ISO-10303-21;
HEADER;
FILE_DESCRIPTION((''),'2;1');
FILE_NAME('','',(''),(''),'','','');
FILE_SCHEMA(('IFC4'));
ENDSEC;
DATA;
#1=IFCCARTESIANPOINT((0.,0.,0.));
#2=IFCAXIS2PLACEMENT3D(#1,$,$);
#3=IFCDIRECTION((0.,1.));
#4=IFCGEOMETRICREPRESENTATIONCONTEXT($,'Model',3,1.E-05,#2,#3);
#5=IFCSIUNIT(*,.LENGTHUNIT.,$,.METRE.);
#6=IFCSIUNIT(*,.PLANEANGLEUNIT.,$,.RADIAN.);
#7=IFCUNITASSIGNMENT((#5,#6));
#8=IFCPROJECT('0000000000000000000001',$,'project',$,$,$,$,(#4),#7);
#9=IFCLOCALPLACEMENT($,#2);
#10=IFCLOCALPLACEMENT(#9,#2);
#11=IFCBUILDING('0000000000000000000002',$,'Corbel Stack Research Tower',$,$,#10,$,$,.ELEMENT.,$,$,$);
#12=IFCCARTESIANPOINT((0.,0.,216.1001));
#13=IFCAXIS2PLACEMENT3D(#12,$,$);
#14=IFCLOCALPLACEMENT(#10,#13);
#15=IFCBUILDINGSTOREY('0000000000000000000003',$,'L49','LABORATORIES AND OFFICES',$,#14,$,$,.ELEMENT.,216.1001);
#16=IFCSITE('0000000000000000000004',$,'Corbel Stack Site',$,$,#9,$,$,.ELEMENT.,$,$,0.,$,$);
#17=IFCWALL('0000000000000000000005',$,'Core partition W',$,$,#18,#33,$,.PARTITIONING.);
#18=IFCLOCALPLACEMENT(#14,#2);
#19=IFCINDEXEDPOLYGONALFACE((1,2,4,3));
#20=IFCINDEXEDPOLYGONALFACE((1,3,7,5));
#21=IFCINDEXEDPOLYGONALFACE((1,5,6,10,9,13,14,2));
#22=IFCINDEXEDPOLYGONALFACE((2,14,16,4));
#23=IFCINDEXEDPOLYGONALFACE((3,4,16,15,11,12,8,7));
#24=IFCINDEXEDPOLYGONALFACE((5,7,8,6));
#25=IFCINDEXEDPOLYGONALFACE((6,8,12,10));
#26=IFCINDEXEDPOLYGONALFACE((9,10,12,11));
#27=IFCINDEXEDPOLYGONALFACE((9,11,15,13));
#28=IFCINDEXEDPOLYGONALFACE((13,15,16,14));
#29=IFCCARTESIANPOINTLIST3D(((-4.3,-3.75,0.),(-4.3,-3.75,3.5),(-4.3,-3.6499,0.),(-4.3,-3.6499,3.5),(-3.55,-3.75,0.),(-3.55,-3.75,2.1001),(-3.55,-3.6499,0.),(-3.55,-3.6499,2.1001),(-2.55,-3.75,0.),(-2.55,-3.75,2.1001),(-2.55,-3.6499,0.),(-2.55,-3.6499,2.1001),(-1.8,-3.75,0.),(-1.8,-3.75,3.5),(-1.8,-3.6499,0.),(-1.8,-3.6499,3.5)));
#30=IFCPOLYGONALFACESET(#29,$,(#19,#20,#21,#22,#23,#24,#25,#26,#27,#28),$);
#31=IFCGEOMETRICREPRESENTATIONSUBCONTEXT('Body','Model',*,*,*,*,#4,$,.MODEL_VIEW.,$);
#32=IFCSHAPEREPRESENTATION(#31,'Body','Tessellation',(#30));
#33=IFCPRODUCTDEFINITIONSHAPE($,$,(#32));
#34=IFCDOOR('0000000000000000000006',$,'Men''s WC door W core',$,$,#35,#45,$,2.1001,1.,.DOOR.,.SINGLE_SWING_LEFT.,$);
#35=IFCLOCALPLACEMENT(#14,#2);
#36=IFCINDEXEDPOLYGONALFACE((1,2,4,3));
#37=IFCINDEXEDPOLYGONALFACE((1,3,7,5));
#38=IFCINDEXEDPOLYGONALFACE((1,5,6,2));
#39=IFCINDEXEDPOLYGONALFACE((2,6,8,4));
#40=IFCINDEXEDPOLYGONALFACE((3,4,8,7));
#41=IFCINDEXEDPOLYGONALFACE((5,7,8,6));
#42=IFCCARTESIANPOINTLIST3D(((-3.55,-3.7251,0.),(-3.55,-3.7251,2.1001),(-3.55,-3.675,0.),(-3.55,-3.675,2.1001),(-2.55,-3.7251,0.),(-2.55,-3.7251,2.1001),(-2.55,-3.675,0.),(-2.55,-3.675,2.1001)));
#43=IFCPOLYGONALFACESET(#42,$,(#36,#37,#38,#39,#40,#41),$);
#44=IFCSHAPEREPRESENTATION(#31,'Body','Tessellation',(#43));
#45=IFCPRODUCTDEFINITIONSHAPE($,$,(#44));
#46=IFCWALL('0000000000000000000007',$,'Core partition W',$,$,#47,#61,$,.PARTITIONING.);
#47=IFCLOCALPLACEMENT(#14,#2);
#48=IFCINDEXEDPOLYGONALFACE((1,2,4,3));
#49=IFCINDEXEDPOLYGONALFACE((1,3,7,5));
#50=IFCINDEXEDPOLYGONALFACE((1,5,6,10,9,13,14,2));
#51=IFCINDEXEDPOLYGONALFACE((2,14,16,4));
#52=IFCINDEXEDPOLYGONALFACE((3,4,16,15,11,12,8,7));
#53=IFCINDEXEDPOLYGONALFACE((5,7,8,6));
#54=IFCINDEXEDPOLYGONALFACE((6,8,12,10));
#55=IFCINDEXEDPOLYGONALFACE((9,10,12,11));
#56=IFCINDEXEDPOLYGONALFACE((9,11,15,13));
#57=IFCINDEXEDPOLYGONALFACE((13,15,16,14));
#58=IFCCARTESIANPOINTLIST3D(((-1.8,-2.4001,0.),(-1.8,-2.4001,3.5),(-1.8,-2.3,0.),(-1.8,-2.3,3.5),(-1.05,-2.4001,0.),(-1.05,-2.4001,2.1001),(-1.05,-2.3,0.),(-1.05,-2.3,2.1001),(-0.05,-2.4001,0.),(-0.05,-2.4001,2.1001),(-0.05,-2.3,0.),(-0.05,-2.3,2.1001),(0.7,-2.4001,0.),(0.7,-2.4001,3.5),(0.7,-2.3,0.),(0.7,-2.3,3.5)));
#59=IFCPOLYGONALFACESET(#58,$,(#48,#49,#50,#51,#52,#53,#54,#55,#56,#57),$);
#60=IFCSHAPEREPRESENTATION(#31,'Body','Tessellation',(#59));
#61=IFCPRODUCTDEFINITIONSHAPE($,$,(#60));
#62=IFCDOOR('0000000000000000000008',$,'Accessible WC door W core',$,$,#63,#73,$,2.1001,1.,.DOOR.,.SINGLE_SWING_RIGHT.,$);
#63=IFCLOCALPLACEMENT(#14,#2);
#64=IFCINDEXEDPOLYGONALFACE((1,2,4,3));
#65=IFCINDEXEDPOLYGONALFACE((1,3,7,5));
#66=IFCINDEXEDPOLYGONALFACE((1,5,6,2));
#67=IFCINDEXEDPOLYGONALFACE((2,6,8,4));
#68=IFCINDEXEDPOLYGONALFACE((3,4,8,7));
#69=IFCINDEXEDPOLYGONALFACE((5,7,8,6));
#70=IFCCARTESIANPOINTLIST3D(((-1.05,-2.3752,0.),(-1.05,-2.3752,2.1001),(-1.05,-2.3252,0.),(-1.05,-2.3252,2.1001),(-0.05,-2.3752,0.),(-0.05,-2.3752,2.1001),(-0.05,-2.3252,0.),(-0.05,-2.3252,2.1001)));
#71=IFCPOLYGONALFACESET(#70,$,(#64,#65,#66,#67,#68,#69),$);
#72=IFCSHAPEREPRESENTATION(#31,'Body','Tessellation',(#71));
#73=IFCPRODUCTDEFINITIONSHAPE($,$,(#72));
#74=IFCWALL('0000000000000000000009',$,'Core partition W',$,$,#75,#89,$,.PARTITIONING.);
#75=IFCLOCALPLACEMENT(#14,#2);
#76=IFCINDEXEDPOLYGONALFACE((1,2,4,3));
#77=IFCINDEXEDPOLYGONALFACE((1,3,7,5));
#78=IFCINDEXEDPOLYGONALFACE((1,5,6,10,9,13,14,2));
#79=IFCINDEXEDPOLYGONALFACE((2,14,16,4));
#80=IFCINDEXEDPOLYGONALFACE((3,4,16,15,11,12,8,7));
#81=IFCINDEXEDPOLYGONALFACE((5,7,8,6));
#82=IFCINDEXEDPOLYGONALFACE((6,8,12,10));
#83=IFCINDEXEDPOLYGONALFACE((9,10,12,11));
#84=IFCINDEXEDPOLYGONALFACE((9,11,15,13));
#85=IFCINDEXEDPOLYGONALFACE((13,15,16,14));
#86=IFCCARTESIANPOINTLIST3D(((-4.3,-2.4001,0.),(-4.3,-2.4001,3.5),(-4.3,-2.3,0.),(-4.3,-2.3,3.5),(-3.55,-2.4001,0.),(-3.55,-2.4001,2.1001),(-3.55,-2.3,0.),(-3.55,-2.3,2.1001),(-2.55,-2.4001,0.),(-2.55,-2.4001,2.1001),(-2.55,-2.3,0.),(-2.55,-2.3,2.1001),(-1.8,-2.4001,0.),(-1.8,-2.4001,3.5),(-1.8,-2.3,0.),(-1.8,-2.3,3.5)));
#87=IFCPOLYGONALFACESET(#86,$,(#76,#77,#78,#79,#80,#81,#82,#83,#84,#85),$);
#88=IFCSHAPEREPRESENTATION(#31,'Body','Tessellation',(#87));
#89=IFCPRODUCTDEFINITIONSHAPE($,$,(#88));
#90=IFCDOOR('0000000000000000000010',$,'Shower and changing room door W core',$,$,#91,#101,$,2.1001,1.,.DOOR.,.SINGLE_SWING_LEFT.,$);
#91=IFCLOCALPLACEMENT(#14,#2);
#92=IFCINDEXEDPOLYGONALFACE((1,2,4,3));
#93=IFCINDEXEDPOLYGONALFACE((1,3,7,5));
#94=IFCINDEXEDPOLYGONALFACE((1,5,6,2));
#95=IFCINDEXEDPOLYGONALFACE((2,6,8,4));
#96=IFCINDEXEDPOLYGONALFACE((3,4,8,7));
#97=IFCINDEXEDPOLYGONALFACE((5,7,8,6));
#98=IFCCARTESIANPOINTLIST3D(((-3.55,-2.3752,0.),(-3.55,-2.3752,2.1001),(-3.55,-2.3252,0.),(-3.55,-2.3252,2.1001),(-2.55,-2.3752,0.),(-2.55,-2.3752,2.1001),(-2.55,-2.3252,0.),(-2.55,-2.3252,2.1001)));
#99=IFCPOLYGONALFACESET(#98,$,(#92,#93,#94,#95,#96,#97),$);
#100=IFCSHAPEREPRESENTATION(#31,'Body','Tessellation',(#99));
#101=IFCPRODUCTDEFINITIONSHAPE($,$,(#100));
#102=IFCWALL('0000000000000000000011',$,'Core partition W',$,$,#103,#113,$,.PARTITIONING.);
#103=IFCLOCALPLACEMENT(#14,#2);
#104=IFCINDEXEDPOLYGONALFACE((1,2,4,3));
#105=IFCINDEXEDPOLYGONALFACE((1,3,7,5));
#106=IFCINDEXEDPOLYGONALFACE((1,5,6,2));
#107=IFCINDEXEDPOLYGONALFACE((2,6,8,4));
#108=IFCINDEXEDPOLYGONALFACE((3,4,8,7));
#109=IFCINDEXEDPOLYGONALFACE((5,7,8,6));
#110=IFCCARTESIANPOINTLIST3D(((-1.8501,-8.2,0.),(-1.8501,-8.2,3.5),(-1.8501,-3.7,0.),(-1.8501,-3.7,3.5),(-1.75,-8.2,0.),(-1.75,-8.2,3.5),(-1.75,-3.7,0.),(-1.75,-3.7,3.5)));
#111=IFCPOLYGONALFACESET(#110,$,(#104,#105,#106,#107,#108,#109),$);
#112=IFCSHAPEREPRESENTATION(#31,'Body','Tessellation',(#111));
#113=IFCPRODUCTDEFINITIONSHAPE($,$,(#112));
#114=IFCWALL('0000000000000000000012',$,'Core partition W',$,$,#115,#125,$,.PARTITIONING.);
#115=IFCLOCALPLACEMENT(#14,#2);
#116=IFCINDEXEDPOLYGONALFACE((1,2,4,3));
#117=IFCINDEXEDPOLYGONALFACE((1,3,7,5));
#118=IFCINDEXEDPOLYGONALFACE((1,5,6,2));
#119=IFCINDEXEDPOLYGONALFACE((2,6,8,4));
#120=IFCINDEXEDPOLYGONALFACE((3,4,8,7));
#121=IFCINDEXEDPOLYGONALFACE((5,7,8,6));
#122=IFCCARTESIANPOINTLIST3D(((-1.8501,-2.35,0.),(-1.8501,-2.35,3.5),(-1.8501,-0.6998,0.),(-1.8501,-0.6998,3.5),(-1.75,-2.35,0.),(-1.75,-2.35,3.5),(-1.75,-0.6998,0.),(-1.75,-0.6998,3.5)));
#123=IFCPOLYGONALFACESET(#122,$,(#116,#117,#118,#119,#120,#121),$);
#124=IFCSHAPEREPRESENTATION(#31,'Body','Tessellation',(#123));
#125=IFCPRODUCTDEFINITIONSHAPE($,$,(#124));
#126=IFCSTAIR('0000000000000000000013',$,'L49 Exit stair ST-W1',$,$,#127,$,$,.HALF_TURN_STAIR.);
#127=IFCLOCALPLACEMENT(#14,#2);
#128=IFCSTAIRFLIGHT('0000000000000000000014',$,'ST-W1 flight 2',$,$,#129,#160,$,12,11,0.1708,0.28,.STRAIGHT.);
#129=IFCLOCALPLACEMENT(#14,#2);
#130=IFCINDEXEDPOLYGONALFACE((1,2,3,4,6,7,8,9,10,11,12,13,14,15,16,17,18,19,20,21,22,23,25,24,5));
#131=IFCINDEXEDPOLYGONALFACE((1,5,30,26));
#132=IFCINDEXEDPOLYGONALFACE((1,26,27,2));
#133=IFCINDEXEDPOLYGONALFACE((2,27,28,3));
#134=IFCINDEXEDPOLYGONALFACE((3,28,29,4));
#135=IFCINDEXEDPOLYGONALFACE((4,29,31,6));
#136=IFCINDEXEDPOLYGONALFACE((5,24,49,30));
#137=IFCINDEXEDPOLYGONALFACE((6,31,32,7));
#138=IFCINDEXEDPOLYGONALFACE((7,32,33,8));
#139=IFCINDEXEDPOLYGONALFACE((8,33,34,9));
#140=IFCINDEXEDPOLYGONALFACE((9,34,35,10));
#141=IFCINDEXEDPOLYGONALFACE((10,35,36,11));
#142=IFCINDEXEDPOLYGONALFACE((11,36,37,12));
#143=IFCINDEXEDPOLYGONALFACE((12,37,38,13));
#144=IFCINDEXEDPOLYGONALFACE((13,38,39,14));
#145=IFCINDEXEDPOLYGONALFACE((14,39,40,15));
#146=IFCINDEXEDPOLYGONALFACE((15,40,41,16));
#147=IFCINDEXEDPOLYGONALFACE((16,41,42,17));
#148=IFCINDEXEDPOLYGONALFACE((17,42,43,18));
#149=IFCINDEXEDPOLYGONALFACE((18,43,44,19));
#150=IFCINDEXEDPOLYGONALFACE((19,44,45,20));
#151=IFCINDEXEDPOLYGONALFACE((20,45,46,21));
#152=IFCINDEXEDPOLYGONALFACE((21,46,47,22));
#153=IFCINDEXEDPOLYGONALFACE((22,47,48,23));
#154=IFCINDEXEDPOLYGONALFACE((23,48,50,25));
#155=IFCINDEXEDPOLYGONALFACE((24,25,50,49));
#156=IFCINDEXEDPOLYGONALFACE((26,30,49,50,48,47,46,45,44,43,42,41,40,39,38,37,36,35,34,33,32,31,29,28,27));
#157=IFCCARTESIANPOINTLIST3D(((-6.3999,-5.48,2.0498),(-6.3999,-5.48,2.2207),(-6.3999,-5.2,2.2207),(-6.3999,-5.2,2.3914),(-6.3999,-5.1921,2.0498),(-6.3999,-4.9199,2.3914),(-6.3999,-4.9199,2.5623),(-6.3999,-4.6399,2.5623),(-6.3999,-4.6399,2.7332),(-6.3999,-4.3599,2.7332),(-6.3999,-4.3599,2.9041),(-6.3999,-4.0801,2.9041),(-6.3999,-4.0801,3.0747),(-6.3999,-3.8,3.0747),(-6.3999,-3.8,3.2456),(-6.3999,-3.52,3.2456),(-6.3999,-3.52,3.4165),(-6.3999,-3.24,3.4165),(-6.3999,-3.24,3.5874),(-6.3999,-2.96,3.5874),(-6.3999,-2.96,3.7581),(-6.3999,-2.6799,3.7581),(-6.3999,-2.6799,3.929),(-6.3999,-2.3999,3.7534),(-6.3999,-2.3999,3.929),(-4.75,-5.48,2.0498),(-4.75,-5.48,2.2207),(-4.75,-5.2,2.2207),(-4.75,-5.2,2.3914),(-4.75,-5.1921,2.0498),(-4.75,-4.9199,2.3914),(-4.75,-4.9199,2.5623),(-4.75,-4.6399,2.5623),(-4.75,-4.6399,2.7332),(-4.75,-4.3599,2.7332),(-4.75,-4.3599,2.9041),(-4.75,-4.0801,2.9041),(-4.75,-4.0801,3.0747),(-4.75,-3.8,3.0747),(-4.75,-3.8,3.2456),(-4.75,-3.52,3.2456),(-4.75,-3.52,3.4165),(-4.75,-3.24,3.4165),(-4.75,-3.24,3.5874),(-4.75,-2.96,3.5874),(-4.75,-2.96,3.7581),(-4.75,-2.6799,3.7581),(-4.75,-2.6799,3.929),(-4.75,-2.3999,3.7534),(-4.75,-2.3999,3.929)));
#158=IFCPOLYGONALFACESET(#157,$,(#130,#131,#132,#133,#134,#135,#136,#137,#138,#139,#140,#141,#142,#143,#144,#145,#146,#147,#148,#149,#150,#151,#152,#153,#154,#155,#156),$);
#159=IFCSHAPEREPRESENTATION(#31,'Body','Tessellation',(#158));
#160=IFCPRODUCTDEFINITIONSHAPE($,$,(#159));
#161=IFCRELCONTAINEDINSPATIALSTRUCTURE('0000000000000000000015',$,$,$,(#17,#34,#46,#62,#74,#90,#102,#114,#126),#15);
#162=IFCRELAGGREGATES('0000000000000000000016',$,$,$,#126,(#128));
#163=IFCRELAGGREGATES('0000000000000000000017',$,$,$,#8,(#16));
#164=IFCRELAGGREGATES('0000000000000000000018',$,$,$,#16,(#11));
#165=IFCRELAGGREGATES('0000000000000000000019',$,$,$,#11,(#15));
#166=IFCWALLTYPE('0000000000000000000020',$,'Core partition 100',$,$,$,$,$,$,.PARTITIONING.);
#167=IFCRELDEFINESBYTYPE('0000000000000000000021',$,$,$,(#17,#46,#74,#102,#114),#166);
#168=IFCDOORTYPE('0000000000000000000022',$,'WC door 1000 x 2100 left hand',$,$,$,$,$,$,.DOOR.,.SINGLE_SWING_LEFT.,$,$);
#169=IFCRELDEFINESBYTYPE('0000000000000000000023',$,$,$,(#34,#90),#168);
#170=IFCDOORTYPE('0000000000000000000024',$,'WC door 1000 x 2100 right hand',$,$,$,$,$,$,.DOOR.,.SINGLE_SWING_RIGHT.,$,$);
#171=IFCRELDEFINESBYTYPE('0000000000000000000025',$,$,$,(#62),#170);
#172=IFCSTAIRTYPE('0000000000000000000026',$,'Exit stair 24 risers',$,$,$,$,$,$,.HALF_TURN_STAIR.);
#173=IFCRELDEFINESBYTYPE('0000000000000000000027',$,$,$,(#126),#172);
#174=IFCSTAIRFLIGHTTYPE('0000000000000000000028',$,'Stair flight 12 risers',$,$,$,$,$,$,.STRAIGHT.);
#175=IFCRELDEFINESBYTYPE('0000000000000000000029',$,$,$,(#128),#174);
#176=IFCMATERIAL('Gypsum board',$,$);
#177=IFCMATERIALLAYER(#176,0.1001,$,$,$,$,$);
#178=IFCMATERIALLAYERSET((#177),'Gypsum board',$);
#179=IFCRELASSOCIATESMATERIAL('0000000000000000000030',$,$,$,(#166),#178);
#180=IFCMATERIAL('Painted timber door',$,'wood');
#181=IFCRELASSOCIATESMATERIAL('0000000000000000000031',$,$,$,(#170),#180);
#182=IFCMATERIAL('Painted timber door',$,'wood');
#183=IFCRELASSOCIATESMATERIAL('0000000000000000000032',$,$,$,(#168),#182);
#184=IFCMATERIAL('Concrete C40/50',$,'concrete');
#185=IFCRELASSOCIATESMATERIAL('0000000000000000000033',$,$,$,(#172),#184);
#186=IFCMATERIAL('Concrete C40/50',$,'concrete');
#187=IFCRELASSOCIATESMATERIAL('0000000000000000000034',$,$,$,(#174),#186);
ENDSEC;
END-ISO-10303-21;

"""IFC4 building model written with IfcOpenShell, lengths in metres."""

from ifc_helpers import new_model, si_unit, direction, frame, frame_2d, origin, place, context, subcontext, project, spatial, polyline, rectangle, outline, extrude, material, layer, layer_set, type_object, element, fill, aggregate, save


model = new_model("IFC4")

# Units and contexts
model_context = context("Model", 3, precision=1e-05, world=origin(), true_north=direction((0.0, 1.0)))
body_context = subcontext(model_context, "Body", "Model", "MODEL_VIEW")
ifc_project = project(units=[si_unit("LENGTHUNIT", "METRE"), si_unit("PLANEANGLEUNIT", "RADIAN")], contexts=[model_context])

# Site, building, storey
site_placement = place(None, origin())
site = spatial("IfcSite", under=ifc_project, at=site_placement, Name="Corbel Stack Site", CompositionType="ELEMENT", RefElevation=0.0)
building_placement = place(site_placement, origin())
building = spatial("IfcBuilding", under=site, at=building_placement, Name="Corbel Stack Research Tower", CompositionType="ELEMENT")
storey_placement = place(building_placement, frame((0.0, 0.0, 216.1001)))
storey = spatial("IfcBuildingStorey", under=building, at=storey_placement, Name="L49", Description="LABORATORIES AND OFFICES", CompositionType="ELEMENT", Elevation=216.1001)

# Walls, openings, doors
ifc_material_1 = material(Name="Gypsum board")
ifc_layer_1 = layer(ifc_material_1, 0.1001)
ifc_layer_set_1 = layer_set([ifc_layer_1], Name="Gypsum board")
wall_type_1 = type_object("IfcWallType", Name="Core partition 100", PredefinedType="PARTITIONING", material=ifc_layer_set_1)
ifc_material_2 = material(Name="Painted timber door", Category="wood")
door_type_1 = type_object("IfcDoorType", Name="WC door 1000 x 2100 right hand", OperationType="SINGLE_SWING_RIGHT", PredefinedType="DOOR", material=ifc_material_2)
wall_1_placement = place(storey_placement, frame((-4.3, -3.7, 0.0), z_axis=(0.0, 0.0, 1.0), x_axis=(1.0, 0.0, 0.0)))
wall_1 = element("IfcWall", 1, at=wall_1_placement, inside=storey, type_object=wall_type_1, Name="Core partition W", PredefinedType="PARTITIONING", context=body_context, shape_type="SweptSolid", body=[
    extrude(rectangle(XDim=2.5, YDim=0.1001, at=frame_2d((1.25, 0.0))), origin(), (0.0, 0.0, 1.0), 3.5),
])
opening_1_placement = place(wall_1_placement, frame((0.75, 0.0, 0.0)))
opening_1 = element("IfcOpeningElement", 2, at=opening_1_placement, cuts=wall_1, PredefinedType="OPENING", context=body_context, shape_type="SweptSolid", body=[
    extrude(rectangle(XDim=1.0, YDim=2.1001, at=frame_2d((0.5, 1.05))), frame((0.0, 0.0601, 0.0), z_axis=(0.0, -1.0, 0.0), x_axis=(1.0, 0.0, 0.0)), (0.0, 0.0, 1.0), 0.1201),
])
ifc_material_3 = material(Name="Painted timber door", Category="wood")
door_type_2 = type_object("IfcDoorType", Name="WC door 1000 x 2100 left hand", OperationType="SINGLE_SWING_LEFT", PredefinedType="DOOR", material=ifc_material_3)
door_1_placement = place(opening_1_placement, origin())
door_1 = element("IfcDoor", 3, at=door_1_placement, inside=storey, type_object=door_type_2, Name="Men's WC door W core", OperationType="SINGLE_SWING_LEFT", OverallHeight=2.1001, OverallWidth=1.0, PredefinedType="DOOR", context=body_context, shape_type="SweptSolid", body=[
    extrude(rectangle(XDim=1.0, YDim=2.1001, at=frame_2d((0.5, 1.05))), frame((0.0, 0.0249, 0.0), z_axis=(0.0, -1.0, 0.0), x_axis=(1.0, 0.0, 0.0)), (0.0, 0.0, 1.0), 0.05),
])
fill(opening_1, door_1)
wall_2_placement = place(storey_placement, frame((-1.8, -2.3501, 0.0), z_axis=(0.0, 0.0, 1.0), x_axis=(1.0, 0.0, 0.0)))
wall_2 = element("IfcWall", 4, at=wall_2_placement, inside=storey, type_object=wall_type_1, Name="Core partition W", PredefinedType="PARTITIONING", context=body_context, shape_type="SweptSolid", body=[
    extrude(rectangle(XDim=2.5, YDim=0.1001, at=frame_2d((1.25, 0.0))), origin(), (0.0, 0.0, 1.0), 3.5),
])
opening_2_placement = place(wall_2_placement, frame((0.75, 0.0, 0.0)))
opening_2 = element("IfcOpeningElement", 5, at=opening_2_placement, cuts=wall_2, PredefinedType="OPENING", context=body_context, shape_type="SweptSolid", body=[
    extrude(rectangle(XDim=1.0, YDim=2.1001, at=frame_2d((0.5, 1.05))), frame((0.0, 0.0601, 0.0), z_axis=(0.0, -1.0, 0.0), x_axis=(1.0, 0.0, 0.0)), (0.0, 0.0, 1.0), 0.1201),
])
door_2_placement = place(opening_2_placement, origin())
door_2 = element("IfcDoor", 6, at=door_2_placement, inside=storey, type_object=door_type_1, Name="Accessible WC door W core", OperationType="SINGLE_SWING_RIGHT", OverallHeight=2.1001, OverallWidth=1.0, PredefinedType="DOOR", context=body_context, shape_type="SweptSolid", body=[
    extrude(rectangle(XDim=1.0, YDim=2.1001, at=frame_2d((0.5, 1.05))), frame((0.0, 0.0249, 0.0), z_axis=(0.0, -1.0, 0.0), x_axis=(1.0, 0.0, 0.0)), (0.0, 0.0, 1.0), 0.05),
])
fill(opening_2, door_2)
wall_3_placement = place(storey_placement, frame((-4.3, -2.3501, 0.0), z_axis=(0.0, 0.0, 1.0), x_axis=(1.0, 0.0, 0.0)))
wall_3 = element("IfcWall", 7, at=wall_3_placement, inside=storey, type_object=wall_type_1, Name="Core partition W", PredefinedType="PARTITIONING", context=body_context, shape_type="SweptSolid", body=[
    extrude(rectangle(XDim=2.5, YDim=0.1001, at=frame_2d((1.25, 0.0))), origin(), (0.0, 0.0, 1.0), 3.5),
])
opening_3_placement = place(wall_3_placement, frame((0.75, 0.0, 0.0)))
opening_3 = element("IfcOpeningElement", 8, at=opening_3_placement, cuts=wall_3, PredefinedType="OPENING", context=body_context, shape_type="SweptSolid", body=[
    extrude(rectangle(XDim=1.0, YDim=2.1001, at=frame_2d((0.5, 1.05))), frame((0.0, 0.0601, 0.0), z_axis=(0.0, -1.0, 0.0), x_axis=(1.0, 0.0, 0.0)), (0.0, 0.0, 1.0), 0.1201),
])
door_3_placement = place(opening_3_placement, origin())
door_3 = element("IfcDoor", 9, at=door_3_placement, inside=storey, type_object=door_type_2, Name="Shower and changing room door W core", OperationType="SINGLE_SWING_LEFT", OverallHeight=2.1001, OverallWidth=1.0, PredefinedType="DOOR", context=body_context, shape_type="SweptSolid", body=[
    extrude(rectangle(XDim=1.0, YDim=2.1001, at=frame_2d((0.5, 1.05))), frame((0.0, 0.0249, 0.0), z_axis=(0.0, -1.0, 0.0), x_axis=(1.0, 0.0, 0.0)), (0.0, 0.0, 1.0), 0.05),
])
fill(opening_3, door_3)

# Walls
wall_4_placement = place(storey_placement, frame((-1.8, -8.2, 0.0), z_axis=(0.0, 0.0, 1.0), x_axis=(0.0, 1.0, 0.0)))
element("IfcWall", 10, at=wall_4_placement, inside=storey, type_object=wall_type_1, Name="Core partition W", PredefinedType="PARTITIONING", context=body_context, shape_type="SweptSolid", body=[
    extrude(rectangle(XDim=4.5, YDim=0.1001, at=frame_2d((2.25, 0.0))), origin(), (0.0, 0.0, 1.0), 3.5),
])
wall_5_placement = place(storey_placement, frame((-1.8, -2.3501, 0.0), z_axis=(0.0, 0.0, 1.0), x_axis=(0.0, 1.0, 0.0)))
element("IfcWall", 11, at=wall_5_placement, inside=storey, type_object=wall_type_1, Name="Core partition W", PredefinedType="PARTITIONING", context=body_context, shape_type="SweptSolid", body=[
    extrude(rectangle(XDim=1.6501, YDim=0.1001, at=frame_2d((0.8252, 0.0))), origin(), (0.0, 0.0, 1.0), 3.5),
])

# Stair, stair flight
ifc_material_4 = material(Name="Concrete C40/50", Category="concrete")
stair_type = type_object("IfcStairType", Name="Exit stair 24 risers", PredefinedType="HALF_TURN_STAIR", material=ifc_material_4)
stair_placement = place(storey_placement, origin())
stair = element("IfcStair", 12, at=stair_placement, inside=storey, type_object=stair_type, Name="L49 Exit stair ST-W1", PredefinedType="HALF_TURN_STAIR")
ifc_material_5 = material(Name="Concrete C40/50", Category="concrete")
stair_flight_type = type_object("IfcStairFlightType", Name="Stair flight 12 risers", PredefinedType="STRAIGHT", material=ifc_material_5)
stair_flight_placement = place(storey_placement, frame((-5.575, -5.48, 2.0498), z_axis=(0.0, 0.0, 1.0), x_axis=(0.0, 1.0, 0.0)))
stair_flight = element("IfcStairFlight", 13, at=stair_flight_placement, type_object=stair_flight_type, Name="ST-W1 flight 2", NumberOfRisers=12, NumberOfTreads=11, PredefinedType="STRAIGHT", RiserHeight=0.1708, TreadLength=0.28, context=body_context, shape_type="SweptSolid", body=[
    extrude(outline(polyline([(0.0, 0.0), (0.0, 0.1709), (0.28, 0.1709), (0.28, 0.3416), (0.5601, 0.3416), (0.5601, 0.5125), (0.8401, 0.5125), (0.8401, 0.6833), (1.1201, 0.6833), (1.1201, 0.8542), (1.3999, 0.8542), (1.3999, 1.0249), (1.6799, 1.0249), (1.6799, 1.1958), (1.96, 1.1958), (1.96, 1.3667), (2.24, 1.3667), (2.24, 1.5376), (2.52, 1.5376), (2.52, 1.7083), (2.8, 1.7083), (2.8, 1.8792), (3.0801, 1.8792), (3.0801, 2.05), (3.0801, 1.7036), (0.2878, 0.0), (0.0, 0.0)])), frame((0.0, 0.825, 0.0), z_axis=(0.0, -1.0, 0.0), x_axis=(1.0, 0.0, 0.0)), (0.0, 0.0, 1.0), 1.6499),
])
aggregate(stair, [stair_flight])

save(model, "model.ifc")
